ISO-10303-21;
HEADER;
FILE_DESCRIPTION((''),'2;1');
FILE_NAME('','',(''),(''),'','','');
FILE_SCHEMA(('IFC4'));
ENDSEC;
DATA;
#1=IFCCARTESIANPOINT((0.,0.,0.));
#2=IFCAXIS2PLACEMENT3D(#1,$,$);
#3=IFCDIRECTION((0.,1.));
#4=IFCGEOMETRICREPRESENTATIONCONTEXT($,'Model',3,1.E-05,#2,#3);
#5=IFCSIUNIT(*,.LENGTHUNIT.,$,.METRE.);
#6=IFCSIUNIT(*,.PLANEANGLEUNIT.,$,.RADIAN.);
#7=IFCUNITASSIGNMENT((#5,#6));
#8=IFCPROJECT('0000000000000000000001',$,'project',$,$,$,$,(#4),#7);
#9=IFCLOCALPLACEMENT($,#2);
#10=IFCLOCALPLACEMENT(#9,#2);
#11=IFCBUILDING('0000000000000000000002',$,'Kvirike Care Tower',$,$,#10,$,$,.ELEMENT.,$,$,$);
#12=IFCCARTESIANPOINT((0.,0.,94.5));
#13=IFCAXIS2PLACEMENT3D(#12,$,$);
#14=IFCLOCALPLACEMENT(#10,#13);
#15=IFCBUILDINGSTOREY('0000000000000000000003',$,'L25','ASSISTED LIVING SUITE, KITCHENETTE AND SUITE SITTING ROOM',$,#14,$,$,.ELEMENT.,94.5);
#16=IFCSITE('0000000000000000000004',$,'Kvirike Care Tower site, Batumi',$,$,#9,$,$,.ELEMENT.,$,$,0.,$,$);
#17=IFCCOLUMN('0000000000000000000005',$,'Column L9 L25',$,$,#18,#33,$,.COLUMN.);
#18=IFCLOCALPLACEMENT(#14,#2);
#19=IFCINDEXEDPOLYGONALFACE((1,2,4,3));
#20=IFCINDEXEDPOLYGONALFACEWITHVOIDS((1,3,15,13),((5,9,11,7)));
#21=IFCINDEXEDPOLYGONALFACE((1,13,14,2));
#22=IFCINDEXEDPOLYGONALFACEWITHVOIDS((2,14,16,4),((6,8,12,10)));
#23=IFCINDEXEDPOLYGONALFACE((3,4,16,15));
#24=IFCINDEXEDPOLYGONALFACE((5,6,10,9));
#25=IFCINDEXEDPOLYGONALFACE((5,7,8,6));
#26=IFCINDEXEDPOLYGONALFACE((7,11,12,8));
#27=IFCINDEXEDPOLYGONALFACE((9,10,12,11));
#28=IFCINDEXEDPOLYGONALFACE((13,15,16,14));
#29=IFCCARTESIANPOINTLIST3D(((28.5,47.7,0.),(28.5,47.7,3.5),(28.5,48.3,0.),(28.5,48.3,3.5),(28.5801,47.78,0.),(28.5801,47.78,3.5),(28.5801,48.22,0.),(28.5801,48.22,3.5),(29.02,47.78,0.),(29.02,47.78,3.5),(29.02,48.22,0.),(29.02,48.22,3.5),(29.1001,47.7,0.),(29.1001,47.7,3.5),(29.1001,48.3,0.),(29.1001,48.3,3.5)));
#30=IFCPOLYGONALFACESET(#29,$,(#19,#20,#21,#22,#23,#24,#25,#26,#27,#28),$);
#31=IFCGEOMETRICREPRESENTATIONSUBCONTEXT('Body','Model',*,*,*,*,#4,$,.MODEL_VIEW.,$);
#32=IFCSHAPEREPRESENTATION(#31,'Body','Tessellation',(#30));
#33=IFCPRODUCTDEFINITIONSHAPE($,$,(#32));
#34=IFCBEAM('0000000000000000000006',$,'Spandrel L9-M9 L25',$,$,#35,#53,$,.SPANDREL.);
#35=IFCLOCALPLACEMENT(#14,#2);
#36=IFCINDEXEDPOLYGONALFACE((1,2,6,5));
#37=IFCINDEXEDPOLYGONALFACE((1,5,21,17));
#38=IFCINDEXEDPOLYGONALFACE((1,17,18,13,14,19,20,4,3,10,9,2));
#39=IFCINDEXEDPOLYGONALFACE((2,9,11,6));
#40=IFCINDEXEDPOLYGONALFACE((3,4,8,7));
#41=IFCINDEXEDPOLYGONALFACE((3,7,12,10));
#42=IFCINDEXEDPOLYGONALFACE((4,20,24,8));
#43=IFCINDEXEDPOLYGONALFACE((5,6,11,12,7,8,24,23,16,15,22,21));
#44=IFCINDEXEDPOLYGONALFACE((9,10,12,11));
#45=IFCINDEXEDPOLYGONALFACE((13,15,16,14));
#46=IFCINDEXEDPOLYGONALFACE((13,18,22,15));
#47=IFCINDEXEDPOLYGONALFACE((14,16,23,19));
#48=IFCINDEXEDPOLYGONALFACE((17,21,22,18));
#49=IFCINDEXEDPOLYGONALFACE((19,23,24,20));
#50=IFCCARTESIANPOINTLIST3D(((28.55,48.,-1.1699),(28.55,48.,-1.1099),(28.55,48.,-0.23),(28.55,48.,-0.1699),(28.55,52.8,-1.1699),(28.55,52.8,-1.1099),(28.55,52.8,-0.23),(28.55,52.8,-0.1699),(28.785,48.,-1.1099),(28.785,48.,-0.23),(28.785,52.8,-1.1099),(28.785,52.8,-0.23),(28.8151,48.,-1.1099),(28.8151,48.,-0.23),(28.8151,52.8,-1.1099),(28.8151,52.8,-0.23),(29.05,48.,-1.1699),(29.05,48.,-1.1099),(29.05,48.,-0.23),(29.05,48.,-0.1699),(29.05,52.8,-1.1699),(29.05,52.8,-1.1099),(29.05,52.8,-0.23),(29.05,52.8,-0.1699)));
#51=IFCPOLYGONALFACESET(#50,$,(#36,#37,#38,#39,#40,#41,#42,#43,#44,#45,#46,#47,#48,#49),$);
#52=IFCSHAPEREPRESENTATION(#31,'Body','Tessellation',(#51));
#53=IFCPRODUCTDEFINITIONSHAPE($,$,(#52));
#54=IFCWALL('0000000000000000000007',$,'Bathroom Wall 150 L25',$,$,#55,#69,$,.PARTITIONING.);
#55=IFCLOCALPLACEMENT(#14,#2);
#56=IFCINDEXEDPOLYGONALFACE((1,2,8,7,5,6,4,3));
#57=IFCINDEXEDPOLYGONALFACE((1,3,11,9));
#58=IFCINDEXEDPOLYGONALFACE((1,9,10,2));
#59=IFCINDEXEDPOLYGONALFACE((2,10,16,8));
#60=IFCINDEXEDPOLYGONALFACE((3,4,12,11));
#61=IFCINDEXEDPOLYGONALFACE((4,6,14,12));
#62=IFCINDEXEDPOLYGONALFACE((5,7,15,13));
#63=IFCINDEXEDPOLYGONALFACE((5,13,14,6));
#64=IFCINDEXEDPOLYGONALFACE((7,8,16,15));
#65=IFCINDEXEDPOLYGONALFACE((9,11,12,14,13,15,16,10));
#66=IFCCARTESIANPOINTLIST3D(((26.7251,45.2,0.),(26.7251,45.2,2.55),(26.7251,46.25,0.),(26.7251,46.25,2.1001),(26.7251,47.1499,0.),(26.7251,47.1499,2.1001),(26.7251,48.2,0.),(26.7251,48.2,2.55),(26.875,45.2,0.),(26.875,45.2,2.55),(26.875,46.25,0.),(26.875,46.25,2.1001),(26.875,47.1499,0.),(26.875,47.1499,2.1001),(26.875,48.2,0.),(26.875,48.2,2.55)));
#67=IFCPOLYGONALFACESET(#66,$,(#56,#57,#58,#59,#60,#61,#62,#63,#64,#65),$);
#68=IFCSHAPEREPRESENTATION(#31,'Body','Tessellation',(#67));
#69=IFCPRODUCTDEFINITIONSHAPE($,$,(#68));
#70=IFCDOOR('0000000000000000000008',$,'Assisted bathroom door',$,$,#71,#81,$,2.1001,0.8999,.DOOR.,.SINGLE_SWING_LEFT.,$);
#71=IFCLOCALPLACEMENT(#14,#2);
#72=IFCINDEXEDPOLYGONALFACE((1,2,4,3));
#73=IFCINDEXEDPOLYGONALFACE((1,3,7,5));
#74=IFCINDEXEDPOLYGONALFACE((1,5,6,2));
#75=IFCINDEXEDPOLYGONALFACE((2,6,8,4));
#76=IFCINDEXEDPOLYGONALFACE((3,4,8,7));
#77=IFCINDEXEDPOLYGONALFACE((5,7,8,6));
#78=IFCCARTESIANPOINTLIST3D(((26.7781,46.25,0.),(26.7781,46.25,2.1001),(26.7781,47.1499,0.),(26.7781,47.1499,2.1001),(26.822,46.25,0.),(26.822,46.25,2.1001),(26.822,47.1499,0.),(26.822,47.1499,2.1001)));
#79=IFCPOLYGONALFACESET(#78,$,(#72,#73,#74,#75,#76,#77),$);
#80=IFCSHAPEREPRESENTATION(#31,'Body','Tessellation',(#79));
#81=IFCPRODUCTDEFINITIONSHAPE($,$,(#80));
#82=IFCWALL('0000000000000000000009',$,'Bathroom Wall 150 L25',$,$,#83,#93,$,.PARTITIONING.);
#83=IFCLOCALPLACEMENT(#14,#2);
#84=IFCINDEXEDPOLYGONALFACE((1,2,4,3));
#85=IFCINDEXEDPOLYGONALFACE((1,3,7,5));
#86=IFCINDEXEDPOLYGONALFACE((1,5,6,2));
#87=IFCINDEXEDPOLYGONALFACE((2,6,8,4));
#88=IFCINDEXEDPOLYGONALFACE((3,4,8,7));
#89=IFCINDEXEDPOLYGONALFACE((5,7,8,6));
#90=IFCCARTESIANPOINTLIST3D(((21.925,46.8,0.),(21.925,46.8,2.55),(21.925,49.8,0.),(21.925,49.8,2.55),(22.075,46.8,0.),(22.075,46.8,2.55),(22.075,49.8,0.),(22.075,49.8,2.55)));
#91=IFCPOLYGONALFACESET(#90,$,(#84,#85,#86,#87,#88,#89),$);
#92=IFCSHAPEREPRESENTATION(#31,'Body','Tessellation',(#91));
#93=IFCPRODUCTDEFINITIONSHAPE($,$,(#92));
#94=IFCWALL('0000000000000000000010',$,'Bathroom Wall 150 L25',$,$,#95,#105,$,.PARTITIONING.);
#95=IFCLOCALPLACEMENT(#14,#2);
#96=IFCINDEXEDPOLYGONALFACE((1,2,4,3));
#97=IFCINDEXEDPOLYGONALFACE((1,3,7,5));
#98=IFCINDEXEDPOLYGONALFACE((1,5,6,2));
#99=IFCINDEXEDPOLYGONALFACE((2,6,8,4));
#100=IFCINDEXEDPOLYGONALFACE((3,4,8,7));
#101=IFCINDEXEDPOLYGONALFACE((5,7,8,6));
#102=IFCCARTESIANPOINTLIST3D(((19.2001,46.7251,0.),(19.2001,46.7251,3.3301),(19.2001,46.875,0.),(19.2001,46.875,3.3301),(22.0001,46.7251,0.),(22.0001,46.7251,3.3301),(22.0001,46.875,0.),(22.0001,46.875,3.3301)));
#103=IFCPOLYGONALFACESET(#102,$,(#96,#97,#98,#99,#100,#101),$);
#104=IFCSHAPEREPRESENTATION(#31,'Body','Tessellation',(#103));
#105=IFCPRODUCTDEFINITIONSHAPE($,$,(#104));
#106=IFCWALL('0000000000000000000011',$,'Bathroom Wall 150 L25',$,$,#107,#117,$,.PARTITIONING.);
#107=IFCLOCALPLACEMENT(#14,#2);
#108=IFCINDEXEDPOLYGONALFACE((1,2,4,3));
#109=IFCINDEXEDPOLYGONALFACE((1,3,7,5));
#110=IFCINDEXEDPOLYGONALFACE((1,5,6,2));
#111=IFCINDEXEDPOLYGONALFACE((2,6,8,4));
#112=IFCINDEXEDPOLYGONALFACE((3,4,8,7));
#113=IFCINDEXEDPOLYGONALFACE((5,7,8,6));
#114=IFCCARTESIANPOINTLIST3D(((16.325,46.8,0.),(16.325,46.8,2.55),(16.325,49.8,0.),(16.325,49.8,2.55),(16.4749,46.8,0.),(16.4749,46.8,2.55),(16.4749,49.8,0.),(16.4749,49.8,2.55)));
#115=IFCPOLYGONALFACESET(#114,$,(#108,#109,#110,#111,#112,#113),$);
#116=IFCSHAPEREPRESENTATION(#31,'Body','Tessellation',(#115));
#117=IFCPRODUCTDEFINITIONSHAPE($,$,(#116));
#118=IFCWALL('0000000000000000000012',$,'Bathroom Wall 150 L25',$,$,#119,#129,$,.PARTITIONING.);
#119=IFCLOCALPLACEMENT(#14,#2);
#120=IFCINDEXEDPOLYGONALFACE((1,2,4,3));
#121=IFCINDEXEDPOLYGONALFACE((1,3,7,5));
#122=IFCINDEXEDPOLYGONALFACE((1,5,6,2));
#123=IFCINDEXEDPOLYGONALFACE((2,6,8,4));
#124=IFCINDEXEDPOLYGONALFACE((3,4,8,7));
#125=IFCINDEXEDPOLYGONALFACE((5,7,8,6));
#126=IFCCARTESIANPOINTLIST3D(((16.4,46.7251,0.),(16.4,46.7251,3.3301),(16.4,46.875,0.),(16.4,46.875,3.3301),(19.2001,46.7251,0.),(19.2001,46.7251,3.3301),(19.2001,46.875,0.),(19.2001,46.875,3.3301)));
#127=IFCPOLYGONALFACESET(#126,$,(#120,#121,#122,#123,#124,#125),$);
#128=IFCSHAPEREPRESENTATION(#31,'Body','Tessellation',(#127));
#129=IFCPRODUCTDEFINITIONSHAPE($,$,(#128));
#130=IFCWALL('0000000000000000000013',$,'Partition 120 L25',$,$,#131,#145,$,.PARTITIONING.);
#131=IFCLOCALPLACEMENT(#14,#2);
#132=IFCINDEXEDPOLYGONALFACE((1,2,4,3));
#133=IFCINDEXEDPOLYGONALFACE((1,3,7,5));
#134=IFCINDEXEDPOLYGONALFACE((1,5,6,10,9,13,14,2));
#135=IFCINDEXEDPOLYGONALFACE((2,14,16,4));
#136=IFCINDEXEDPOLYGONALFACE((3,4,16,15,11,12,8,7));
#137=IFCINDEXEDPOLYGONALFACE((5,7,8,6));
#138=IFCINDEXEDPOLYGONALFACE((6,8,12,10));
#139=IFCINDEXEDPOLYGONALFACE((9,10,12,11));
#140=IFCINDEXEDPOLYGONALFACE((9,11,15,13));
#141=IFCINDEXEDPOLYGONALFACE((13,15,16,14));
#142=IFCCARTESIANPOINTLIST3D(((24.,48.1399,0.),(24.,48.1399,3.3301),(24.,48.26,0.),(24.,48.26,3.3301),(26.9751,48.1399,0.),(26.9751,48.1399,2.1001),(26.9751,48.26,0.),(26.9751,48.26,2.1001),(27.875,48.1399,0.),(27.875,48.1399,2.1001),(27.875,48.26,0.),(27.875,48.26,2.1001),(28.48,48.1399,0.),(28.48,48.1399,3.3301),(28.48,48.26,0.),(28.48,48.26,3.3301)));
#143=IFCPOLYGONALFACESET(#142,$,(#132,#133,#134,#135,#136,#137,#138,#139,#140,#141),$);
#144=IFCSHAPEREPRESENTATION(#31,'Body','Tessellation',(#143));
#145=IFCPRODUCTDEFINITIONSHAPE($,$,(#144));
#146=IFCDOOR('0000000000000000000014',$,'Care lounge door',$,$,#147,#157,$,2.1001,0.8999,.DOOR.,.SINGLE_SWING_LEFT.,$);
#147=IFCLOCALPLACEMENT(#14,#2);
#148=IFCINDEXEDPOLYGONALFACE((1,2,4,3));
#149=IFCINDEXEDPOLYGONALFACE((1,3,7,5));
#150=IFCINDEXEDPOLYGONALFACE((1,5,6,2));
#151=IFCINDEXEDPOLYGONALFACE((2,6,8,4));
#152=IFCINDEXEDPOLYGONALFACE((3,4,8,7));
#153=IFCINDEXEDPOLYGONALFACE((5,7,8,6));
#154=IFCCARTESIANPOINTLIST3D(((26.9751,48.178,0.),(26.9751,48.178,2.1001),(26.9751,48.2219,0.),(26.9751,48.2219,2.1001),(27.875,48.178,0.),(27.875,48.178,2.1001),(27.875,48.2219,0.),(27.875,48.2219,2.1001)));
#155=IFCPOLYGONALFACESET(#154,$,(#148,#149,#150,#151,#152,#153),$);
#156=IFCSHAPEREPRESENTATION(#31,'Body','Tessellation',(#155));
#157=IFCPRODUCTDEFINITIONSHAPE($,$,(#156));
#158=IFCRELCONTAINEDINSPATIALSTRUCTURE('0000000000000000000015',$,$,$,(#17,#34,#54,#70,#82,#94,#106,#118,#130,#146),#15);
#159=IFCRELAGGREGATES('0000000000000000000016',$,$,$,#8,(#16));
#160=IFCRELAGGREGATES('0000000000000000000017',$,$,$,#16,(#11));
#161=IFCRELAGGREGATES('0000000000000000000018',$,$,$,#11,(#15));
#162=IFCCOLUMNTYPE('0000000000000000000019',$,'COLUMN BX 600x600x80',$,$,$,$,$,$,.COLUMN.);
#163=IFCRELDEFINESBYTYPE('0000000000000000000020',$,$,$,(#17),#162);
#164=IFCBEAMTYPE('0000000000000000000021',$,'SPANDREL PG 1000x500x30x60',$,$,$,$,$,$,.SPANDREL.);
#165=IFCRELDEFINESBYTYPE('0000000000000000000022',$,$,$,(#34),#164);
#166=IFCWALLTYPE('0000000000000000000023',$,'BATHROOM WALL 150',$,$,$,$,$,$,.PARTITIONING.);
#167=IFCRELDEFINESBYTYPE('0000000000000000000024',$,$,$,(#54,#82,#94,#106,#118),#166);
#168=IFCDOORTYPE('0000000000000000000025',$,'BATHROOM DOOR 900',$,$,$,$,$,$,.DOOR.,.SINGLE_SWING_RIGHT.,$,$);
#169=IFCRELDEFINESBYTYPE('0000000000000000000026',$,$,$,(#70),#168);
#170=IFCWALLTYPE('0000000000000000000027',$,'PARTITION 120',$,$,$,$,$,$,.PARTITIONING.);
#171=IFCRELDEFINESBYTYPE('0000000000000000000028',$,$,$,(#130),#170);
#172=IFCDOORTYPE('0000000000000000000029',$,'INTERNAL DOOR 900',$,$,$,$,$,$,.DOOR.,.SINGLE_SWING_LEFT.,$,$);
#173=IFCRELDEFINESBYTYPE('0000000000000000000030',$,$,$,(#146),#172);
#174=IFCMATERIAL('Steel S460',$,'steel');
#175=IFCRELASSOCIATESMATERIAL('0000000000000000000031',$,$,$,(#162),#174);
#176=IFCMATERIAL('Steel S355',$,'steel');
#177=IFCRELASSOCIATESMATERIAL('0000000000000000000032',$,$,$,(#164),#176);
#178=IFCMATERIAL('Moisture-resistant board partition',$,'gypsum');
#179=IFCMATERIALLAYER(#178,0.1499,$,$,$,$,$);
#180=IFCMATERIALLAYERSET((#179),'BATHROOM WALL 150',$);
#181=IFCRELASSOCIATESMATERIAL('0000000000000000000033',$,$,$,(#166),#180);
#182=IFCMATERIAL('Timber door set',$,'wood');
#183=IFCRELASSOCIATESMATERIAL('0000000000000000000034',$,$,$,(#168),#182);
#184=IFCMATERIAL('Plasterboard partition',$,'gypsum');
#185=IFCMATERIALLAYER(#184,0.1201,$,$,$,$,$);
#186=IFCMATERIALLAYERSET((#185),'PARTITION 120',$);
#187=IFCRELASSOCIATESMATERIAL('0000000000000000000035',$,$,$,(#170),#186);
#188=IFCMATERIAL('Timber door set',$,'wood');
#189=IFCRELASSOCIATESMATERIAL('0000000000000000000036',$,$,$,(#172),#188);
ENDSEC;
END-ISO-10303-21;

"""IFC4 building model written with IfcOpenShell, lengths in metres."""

from ifc_helpers import new_model, si_unit, direction, frame, frame_2d, origin, origin_2d, place, context, subcontext, project, spatial, rectangle, hollow_rectangle, i_section, extrude, material, layer, layer_set, material_profile, profile_set, type_object, element, fill, save


model = new_model("IFC4")

# Units and contexts
model_context = context("Model", 3, precision=1e-05, world=origin(), true_north=direction((0.0, 1.0)))
body_context = subcontext(model_context, "Body", "Model", "MODEL_VIEW")
ifc_project = project(units=[si_unit("LENGTHUNIT", "METRE"), si_unit("PLANEANGLEUNIT", "RADIAN")], contexts=[model_context])

# Site, building, storey
site_placement = place(None, origin())
site = spatial("IfcSite", under=ifc_project, at=site_placement, Name="Kvirike Care Tower site, Batumi", CompositionType="ELEMENT", RefElevation=0.0)
building_placement = place(site_placement, origin())
building = spatial("IfcBuilding", under=site, at=building_placement, Name="Kvirike Care Tower", CompositionType="ELEMENT")
storey_placement = place(building_placement, frame((0.0, 0.0, 94.5)))
storey = spatial("IfcBuildingStorey", under=building, at=storey_placement, Name="L25", Description="ASSISTED LIVING SUITE, KITCHENETTE AND SUITE SITTING ROOM", CompositionType="ELEMENT", Elevation=94.5)

# Column
ifc_material_1 = material(Name="Steel S460", Category="steel")
ifc_material_profile_1 = material_profile(ifc_material_1, hollow_rectangle(XDim=0.6001, YDim=0.6001, WallThickness=0.0801, at=origin_2d()), Name="BX 600x600x80")
ifc_profile_set_1 = profile_set([ifc_material_profile_1], Name="Steel S460")
column_type = type_object("IfcColumnType", Name="COLUMN BX 600x600x80", PredefinedType="COLUMN", material=ifc_profile_set_1)
column_placement = place(storey_placement, frame((28.8, 48.0, 0.0), z_axis=(0.0, 0.0, 1.0), x_axis=(1.0, 0.0, 0.0)))
element("IfcColumn", 1, at=column_placement, inside=storey, type_object=column_type, Name="Column L9 L25", PredefinedType="COLUMN", context=body_context, shape_type="SweptSolid", body=[
    extrude(hollow_rectangle(XDim=0.6001, YDim=0.6001, WallThickness=0.0801, at=origin_2d()), origin(), (0.0, 0.0, 1.0), 3.5),
])

# Beam
ifc_material_2 = material(Name="Steel S355", Category="steel")
ifc_material_profile_2 = material_profile(ifc_material_2, i_section(OverallWidth=0.5, OverallDepth=1.0, WebThickness=0.03, FlangeThickness=0.0601, at=origin_2d()), Name="PG 1000x500x30x60")
ifc_profile_set_2 = profile_set([ifc_material_profile_2], Name="Steel S355")
beam_type = type_object("IfcBeamType", Name="SPANDREL PG 1000x500x30x60", PredefinedType="SPANDREL", material=ifc_profile_set_2)
beam_placement = place(storey_placement, frame((28.8, 48.0, -0.6699), z_axis=(0.0, 1.0, 0.0), x_axis=(-1.0, 0.0, 0.0)))
element("IfcBeam", 2, at=beam_placement, inside=storey, type_object=beam_type, Name="Spandrel L9-M9 L25", PredefinedType="SPANDREL", context=body_context, shape_type="SweptSolid", body=[
    extrude(i_section(OverallWidth=0.5, OverallDepth=1.0, WebThickness=0.03, FlangeThickness=0.0601, at=origin_2d()), origin(), (0.0, 0.0, 1.0), 4.8),
])

# Wall, opening, door
ifc_material_3 = material(Name="Moisture-resistant board partition", Category="gypsum")
ifc_layer_1 = layer(ifc_material_3, 0.1499)
ifc_layer_set_1 = layer_set([ifc_layer_1], Name="BATHROOM WALL 150")
wall_type_1 = type_object("IfcWallType", Name="BATHROOM WALL 150", PredefinedType="PARTITIONING", material=ifc_layer_set_1)
wall_1_placement = place(storey_placement, frame((26.8, 48.2, 0.0), z_axis=(0.0, 0.0, 1.0), x_axis=(0.0, -1.0, 0.0)))
wall_1 = element("IfcWall", 3, at=wall_1_placement, inside=storey, type_object=wall_type_1, Name="Bathroom Wall 150 L25", PredefinedType="PARTITIONING", context=body_context, shape_type="SweptSolid", body=[
    extrude(rectangle(XDim=3.0, YDim=0.1499, at=frame_2d((1.5, 0.0))), origin(), (0.0, 0.0, 1.0), 2.55),
])
opening_1_placement = place(wall_1_placement, frame((1.05, 0.0, 0.0)))
opening_1 = element("IfcOpeningElement", 4, at=opening_1_placement, cuts=wall_1, PredefinedType="OPENING", context=body_context, shape_type="SweptSolid", body=[
    extrude(rectangle(XDim=0.8999, YDim=2.1001, at=frame_2d((0.45, 1.05))), frame((0.0, 0.0854, 0.0), z_axis=(0.0, -1.0, 0.0), x_axis=(1.0, 0.0, 0.0)), (0.0, 0.0, 1.0), 0.1709),
])
ifc_material_4 = material(Name="Timber door set", Category="wood")
door_type_1 = type_object("IfcDoorType", Name="BATHROOM DOOR 900", OperationType="SINGLE_SWING_RIGHT", PredefinedType="DOOR", material=ifc_material_4)
door_1_placement = place(opening_1_placement, origin())
door_1 = element("IfcDoor", 5, at=door_1_placement, inside=storey, type_object=door_type_1, Name="Assisted bathroom door", OperationType="SINGLE_SWING_LEFT", OverallHeight=2.1001, OverallWidth=0.8999, PredefinedType="DOOR", context=body_context, shape_type="SweptSolid", body=[
    extrude(rectangle(XDim=0.8999, YDim=2.1001, at=frame_2d((0.45, 1.05))), frame((0.0, 0.022, 0.0), z_axis=(0.0, -1.0, 0.0), x_axis=(1.0, 0.0, 0.0)), (0.0, 0.0, 1.0), 0.0439),
])
fill(opening_1, door_1)

# Walls
wall_2_placement = place(storey_placement, frame((22.0, 49.8, 0.0), z_axis=(0.0, 0.0, 1.0), x_axis=(0.0, -1.0, 0.0)))
element("IfcWall", 6, at=wall_2_placement, inside=storey, type_object=wall_type_1, Name="Bathroom Wall 150 L25", PredefinedType="PARTITIONING", context=body_context, shape_type="SweptSolid", body=[
    extrude(rectangle(XDim=3.0, YDim=0.1499, at=frame_2d((1.5, 0.0))), origin(), (0.0, 0.0, 1.0), 2.55),
])
wall_3_placement = place(storey_placement, frame((22.0, 46.8, 0.0), z_axis=(0.0, 0.0, 1.0), x_axis=(-1.0, 0.0, 0.0)))
element("IfcWall", 7, at=wall_3_placement, inside=storey, type_object=wall_type_1, Name="Bathroom Wall 150 L25", PredefinedType="PARTITIONING", context=body_context, shape_type="SweptSolid", body=[
    extrude(rectangle(XDim=2.8, YDim=0.1499, at=frame_2d((1.3999, 0.0))), origin(), (0.0, 0.0, 1.0), 3.3301),
])
wall_4_placement = place(storey_placement, frame((16.3999, 49.8, 0.0), z_axis=(0.0, 0.0, 1.0), x_axis=(0.0, -1.0, 0.0)))
element("IfcWall", 8, at=wall_4_placement, inside=storey, type_object=wall_type_1, Name="Bathroom Wall 150 L25", PredefinedType="PARTITIONING", context=body_context, shape_type="SweptSolid", body=[
    extrude(rectangle(XDim=3.0, YDim=0.1499, at=frame_2d((1.5, 0.0))), origin(), (0.0, 0.0, 1.0), 2.55),
])
wall_5_placement = place(storey_placement, frame((19.2, 46.8, 0.0), z_axis=(0.0, 0.0, 1.0), x_axis=(-1.0, 0.0, 0.0)))
element("IfcWall", 9, at=wall_5_placement, inside=storey, type_object=wall_type_1, Name="Bathroom Wall 150 L25", PredefinedType="PARTITIONING", context=body_context, shape_type="SweptSolid", body=[
    extrude(rectangle(XDim=2.8, YDim=0.1499, at=frame_2d((1.3999, 0.0))), origin(), (0.0, 0.0, 1.0), 3.3301),
])

# Wall, opening, door
ifc_material_5 = material(Name="Plasterboard partition", Category="gypsum")
ifc_layer_2 = layer(ifc_material_5, 0.1201)
ifc_layer_set_2 = layer_set([ifc_layer_2], Name="PARTITION 120")
wall_type_2 = type_object("IfcWallType", Name="PARTITION 120", PredefinedType="PARTITIONING", material=ifc_layer_set_2)
wall_6_placement = place(storey_placement, frame((28.48, 48.2, 0.0), z_axis=(0.0, 0.0, 1.0), x_axis=(-1.0, 0.0, 0.0)))
wall_6 = element("IfcWall", 10, at=wall_6_placement, inside=storey, type_object=wall_type_2, Name="Partition 120 L25", PredefinedType="PARTITIONING", context=body_context, shape_type="SweptSolid", body=[
    extrude(rectangle(XDim=4.48, YDim=0.1201, at=frame_2d((2.24, 0.0))), origin(), (0.0, 0.0, 1.0), 3.3301),
])
opening_2_placement = place(wall_6_placement, frame((0.605, 0.0, 0.0)))
opening_2 = element("IfcOpeningElement", 11, at=opening_2_placement, cuts=wall_6, PredefinedType="OPENING", context=body_context, shape_type="SweptSolid", body=[
    extrude(rectangle(XDim=0.8999, YDim=2.1001, at=frame_2d((0.45, 1.05))), frame((0.0, 0.0706, 0.0), z_axis=(0.0, -1.0, 0.0), x_axis=(1.0, 0.0, 0.0)), (0.0, 0.0, 1.0), 0.1411),
])
ifc_material_6 = material(Name="Timber door set", Category="wood")
door_type_2 = type_object("IfcDoorType", Name="INTERNAL DOOR 900", OperationType="SINGLE_SWING_LEFT", PredefinedType="DOOR", material=ifc_material_6)
door_2_placement = place(opening_2_placement, origin())
door_2 = element("IfcDoor", 12, at=door_2_placement, inside=storey, type_object=door_type_2, Name="Care lounge door", OperationType="SINGLE_SWING_LEFT", OverallHeight=2.1001, OverallWidth=0.8999, PredefinedType="DOOR", context=body_context, shape_type="SweptSolid", body=[
    extrude(rectangle(XDim=0.8999, YDim=2.1001, at=frame_2d((0.45, 1.05))), frame((0.0, 0.022, 0.0), z_axis=(0.0, -1.0, 0.0), x_axis=(1.0, 0.0, 0.0)), (0.0, 0.0, 1.0), 0.0439),
])
fill(opening_2, door_2)

save(model, "model.ifc")
